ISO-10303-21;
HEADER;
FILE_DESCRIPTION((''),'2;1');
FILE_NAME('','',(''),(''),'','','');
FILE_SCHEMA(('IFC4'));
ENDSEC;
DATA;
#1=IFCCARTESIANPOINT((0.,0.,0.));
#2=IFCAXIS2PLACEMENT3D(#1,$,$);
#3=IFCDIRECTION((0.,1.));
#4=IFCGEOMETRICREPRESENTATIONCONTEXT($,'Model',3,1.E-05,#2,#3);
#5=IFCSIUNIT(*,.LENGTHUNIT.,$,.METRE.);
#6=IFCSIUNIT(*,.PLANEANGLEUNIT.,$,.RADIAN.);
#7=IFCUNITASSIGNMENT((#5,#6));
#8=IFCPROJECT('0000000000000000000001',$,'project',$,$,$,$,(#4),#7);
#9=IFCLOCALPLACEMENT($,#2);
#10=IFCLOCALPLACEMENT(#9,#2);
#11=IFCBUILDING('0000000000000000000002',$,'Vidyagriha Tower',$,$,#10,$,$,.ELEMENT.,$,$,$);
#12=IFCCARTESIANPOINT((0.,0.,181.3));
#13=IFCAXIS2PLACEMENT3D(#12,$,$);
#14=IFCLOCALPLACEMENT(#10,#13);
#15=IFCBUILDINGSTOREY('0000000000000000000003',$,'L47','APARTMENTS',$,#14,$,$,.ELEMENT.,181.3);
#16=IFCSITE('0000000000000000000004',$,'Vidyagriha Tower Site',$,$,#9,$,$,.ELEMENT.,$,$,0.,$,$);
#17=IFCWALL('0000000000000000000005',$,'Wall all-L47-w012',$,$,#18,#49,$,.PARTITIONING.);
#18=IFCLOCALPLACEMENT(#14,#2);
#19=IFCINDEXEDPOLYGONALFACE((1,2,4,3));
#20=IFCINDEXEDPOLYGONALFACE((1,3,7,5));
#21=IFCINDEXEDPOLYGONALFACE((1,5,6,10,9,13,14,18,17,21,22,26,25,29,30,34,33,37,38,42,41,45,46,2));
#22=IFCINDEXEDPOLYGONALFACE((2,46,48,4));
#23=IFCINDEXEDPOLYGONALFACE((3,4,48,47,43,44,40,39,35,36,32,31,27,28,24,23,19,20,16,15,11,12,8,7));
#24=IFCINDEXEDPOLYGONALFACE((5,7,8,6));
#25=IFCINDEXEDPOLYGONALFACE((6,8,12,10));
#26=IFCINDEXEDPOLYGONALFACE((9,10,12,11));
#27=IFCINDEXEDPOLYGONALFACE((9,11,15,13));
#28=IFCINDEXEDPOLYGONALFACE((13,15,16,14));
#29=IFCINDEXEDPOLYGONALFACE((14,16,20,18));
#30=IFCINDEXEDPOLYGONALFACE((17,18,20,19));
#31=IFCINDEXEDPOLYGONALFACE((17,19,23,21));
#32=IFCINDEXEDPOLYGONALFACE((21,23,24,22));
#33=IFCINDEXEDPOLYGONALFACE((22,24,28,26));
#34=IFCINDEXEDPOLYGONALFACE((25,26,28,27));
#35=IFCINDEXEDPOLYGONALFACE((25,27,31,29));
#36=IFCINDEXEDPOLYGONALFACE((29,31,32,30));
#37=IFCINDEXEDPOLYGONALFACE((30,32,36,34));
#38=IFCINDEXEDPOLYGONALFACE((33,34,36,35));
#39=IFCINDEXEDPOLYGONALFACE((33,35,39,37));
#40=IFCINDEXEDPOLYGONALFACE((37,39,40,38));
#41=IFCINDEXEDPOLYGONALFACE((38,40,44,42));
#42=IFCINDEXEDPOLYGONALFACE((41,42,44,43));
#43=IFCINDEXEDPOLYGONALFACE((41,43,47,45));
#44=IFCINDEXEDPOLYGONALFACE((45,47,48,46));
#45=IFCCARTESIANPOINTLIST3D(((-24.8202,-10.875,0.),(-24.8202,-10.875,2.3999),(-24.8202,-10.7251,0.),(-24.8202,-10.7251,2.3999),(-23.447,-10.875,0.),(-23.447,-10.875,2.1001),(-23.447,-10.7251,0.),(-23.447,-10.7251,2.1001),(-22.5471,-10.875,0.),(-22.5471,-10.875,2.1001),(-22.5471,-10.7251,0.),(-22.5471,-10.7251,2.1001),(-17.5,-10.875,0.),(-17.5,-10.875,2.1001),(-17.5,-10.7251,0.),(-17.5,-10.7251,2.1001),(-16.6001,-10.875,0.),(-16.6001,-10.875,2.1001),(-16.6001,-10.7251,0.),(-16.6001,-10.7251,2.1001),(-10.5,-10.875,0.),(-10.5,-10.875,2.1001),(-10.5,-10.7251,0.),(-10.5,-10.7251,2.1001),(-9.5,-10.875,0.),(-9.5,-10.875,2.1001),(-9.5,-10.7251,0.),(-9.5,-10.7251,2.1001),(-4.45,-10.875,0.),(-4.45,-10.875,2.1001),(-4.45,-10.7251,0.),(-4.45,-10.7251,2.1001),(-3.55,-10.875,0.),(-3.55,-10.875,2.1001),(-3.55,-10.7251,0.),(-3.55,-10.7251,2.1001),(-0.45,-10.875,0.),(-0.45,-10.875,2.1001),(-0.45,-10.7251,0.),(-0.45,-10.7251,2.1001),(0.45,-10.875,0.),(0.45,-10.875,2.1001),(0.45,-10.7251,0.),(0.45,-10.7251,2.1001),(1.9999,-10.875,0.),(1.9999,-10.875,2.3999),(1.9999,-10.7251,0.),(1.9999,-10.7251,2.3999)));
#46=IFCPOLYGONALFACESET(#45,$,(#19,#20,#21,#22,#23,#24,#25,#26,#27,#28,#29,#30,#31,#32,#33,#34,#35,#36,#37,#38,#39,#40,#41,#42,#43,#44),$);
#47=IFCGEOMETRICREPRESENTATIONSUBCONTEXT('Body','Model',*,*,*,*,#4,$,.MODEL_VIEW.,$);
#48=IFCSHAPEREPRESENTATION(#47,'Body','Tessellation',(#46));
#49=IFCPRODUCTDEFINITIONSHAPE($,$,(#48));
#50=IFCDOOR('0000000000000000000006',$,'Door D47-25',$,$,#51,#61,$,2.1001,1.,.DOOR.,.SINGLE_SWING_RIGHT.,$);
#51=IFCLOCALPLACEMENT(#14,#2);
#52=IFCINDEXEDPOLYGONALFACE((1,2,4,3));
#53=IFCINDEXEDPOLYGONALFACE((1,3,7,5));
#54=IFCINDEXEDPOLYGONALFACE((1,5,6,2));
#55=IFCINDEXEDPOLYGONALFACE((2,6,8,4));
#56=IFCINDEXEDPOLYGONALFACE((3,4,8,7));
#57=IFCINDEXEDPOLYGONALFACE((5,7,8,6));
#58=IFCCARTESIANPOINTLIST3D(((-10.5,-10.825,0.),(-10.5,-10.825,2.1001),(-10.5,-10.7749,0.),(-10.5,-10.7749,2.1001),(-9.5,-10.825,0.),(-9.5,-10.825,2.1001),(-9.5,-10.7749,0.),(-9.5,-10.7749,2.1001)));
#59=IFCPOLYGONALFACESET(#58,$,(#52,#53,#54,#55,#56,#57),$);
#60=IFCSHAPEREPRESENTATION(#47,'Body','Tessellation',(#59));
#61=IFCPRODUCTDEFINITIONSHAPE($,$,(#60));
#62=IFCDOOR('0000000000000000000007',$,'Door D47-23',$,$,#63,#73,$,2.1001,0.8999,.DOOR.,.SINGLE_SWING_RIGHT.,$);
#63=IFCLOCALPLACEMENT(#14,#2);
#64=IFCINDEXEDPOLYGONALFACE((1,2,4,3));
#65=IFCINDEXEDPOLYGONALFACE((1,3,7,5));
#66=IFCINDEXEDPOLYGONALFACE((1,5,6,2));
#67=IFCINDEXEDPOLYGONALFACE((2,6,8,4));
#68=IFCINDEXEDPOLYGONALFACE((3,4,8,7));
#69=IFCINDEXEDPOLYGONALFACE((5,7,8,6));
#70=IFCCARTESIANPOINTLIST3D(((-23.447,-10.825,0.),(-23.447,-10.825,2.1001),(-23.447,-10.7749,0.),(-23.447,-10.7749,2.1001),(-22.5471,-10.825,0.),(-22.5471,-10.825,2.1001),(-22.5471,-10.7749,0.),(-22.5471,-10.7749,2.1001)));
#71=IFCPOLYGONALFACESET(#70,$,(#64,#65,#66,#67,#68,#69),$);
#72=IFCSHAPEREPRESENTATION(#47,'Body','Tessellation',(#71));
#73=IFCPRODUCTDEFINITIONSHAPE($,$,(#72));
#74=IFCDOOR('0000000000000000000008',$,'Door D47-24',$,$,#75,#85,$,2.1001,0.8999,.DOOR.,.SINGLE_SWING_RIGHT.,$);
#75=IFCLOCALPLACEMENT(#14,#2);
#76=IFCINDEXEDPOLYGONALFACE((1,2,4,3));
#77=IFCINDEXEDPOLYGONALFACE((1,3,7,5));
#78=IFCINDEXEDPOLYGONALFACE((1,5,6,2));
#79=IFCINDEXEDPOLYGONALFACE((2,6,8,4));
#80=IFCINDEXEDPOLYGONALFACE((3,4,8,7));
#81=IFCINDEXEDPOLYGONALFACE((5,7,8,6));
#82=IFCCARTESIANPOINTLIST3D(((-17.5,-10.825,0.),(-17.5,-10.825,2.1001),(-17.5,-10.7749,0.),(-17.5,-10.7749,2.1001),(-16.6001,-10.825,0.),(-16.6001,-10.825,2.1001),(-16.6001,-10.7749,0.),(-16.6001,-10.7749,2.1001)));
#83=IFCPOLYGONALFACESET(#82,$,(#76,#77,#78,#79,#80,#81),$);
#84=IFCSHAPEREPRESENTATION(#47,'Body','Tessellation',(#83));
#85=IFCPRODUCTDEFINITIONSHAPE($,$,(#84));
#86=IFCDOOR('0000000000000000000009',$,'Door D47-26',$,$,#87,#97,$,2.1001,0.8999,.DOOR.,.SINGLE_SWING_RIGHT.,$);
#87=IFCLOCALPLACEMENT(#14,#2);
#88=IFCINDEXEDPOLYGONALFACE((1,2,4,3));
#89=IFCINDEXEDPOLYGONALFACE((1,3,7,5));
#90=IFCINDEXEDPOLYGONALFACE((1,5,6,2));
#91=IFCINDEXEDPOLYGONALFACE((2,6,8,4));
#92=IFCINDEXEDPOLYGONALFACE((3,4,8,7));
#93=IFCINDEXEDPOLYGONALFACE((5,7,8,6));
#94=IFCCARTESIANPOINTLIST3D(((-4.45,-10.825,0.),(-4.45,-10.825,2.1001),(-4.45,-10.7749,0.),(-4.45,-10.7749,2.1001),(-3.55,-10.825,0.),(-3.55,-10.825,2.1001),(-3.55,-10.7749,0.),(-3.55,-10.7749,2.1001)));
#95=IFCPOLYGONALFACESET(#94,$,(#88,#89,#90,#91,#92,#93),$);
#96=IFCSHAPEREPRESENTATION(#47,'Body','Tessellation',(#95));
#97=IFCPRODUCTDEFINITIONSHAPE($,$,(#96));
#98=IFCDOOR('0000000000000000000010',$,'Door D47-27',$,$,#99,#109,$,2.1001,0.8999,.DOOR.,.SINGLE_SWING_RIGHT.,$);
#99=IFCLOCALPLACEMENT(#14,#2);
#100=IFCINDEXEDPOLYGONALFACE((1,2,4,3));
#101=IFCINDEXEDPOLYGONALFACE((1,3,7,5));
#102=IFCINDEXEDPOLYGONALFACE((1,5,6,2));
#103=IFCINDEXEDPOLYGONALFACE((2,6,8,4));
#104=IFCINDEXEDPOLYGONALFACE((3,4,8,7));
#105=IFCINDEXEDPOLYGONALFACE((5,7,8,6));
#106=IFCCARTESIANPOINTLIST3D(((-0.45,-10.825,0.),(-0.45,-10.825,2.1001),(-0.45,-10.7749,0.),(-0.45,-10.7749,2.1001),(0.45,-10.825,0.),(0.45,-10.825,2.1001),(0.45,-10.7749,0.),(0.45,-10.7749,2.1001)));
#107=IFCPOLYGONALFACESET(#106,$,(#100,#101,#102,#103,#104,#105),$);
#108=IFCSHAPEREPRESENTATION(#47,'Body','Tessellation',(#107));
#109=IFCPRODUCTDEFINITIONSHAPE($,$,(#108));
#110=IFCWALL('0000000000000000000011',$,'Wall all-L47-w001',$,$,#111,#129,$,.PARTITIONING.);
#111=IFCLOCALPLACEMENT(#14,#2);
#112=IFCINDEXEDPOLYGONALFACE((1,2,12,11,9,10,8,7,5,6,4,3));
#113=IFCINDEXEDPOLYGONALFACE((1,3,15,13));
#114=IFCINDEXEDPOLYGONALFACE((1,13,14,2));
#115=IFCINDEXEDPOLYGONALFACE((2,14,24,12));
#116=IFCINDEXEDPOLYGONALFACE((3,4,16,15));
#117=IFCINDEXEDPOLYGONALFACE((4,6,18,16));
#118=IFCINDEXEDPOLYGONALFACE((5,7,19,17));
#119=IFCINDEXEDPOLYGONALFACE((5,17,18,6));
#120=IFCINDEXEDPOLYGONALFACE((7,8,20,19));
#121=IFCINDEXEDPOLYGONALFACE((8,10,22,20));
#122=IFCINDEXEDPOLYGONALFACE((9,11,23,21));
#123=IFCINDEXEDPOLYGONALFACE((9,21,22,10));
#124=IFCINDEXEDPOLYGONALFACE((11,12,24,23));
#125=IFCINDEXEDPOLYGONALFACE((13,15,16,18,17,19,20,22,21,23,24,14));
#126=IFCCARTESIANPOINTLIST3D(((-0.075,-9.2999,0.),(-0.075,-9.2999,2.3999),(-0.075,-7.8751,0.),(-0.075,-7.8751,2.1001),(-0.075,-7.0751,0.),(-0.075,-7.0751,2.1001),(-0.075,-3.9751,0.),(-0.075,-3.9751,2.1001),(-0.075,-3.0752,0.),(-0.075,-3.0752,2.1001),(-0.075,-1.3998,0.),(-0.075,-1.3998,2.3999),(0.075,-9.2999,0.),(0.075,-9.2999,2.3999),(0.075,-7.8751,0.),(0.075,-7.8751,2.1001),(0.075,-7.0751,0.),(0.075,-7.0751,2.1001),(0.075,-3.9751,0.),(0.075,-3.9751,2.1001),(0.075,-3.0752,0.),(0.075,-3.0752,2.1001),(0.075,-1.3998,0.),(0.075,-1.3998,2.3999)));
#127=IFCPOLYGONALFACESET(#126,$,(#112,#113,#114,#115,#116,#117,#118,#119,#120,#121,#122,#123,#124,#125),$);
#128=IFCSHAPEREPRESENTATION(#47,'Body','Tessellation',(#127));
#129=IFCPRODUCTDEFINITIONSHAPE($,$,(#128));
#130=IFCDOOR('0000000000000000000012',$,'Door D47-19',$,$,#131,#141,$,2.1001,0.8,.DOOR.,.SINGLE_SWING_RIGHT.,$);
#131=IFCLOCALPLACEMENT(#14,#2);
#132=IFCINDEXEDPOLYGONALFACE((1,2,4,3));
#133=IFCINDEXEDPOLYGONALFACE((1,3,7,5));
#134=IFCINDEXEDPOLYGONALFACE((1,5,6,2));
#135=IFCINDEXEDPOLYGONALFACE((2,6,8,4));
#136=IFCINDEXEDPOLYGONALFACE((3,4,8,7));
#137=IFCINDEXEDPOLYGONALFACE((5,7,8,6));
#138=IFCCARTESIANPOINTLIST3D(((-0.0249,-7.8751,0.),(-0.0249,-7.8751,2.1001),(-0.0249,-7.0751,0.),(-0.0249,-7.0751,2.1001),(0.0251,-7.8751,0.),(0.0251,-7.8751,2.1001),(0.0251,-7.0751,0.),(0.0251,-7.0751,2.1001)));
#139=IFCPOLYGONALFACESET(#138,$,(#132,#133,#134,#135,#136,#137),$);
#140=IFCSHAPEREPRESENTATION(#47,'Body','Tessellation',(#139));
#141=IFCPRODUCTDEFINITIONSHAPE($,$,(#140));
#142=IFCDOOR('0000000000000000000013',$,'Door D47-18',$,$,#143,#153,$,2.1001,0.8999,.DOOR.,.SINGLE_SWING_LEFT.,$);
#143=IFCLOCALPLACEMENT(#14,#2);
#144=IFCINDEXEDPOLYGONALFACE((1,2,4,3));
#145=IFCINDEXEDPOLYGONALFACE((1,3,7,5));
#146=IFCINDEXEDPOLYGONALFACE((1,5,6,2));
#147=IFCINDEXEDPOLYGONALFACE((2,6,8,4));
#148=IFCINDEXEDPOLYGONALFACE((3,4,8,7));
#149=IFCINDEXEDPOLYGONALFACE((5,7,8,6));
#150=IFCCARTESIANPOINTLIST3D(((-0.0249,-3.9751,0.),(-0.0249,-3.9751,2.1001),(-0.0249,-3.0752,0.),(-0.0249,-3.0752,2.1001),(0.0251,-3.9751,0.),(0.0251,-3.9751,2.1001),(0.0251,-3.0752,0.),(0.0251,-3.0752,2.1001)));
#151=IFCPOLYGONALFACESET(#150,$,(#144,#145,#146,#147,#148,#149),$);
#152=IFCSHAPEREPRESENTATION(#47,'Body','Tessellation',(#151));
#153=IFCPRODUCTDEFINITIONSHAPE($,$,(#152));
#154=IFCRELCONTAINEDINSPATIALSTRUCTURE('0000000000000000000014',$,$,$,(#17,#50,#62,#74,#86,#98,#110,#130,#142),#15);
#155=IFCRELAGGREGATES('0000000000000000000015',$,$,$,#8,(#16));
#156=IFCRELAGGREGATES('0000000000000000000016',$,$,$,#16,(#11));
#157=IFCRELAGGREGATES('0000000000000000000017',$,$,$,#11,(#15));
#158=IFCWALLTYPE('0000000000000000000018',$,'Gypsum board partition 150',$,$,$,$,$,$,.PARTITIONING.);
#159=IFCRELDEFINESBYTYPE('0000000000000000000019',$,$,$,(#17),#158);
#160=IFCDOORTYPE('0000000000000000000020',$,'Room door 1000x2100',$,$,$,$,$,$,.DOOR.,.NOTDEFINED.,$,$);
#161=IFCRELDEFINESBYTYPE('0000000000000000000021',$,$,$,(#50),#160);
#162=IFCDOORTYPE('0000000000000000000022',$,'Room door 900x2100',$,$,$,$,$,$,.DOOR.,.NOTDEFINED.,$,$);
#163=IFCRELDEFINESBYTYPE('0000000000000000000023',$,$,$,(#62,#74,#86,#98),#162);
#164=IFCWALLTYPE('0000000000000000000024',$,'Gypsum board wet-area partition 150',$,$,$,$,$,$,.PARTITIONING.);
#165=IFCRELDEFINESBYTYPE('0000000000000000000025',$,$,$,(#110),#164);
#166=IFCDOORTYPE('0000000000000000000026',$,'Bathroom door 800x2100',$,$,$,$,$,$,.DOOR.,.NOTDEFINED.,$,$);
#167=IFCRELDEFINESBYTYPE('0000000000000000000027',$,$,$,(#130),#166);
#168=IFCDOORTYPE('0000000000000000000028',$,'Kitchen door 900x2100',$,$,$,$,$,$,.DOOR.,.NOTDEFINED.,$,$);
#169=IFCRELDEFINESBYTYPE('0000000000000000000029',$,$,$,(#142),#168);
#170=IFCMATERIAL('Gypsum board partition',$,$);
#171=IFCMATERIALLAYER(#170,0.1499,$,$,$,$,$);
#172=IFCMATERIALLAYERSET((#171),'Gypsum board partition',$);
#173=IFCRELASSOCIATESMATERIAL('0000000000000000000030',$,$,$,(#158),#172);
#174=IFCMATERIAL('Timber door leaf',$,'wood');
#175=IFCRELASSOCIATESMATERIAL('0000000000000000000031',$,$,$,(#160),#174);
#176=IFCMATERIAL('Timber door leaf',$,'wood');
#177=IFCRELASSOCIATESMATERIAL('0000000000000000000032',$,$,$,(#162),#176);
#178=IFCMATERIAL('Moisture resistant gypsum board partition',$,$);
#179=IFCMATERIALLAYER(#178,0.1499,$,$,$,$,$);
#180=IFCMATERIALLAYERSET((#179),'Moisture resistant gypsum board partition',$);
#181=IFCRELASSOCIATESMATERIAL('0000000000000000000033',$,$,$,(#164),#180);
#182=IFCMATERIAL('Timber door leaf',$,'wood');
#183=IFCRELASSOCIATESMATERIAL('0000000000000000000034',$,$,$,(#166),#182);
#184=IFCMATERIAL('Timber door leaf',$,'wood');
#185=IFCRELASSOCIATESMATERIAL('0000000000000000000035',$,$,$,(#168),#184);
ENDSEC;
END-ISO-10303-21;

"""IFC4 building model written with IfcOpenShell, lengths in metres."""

from ifc_helpers import new_model, si_unit, direction, frame, frame_2d, origin, place, context, subcontext, project, spatial, rectangle, extrude, material, layer, layer_set, type_object, element, fill, save


model = new_model("IFC4")

# Units and contexts
model_context = context("Model", 3, precision=1e-05, world=origin(), true_north=direction((0.0, 1.0)))
body_context = subcontext(model_context, "Body", "Model", "MODEL_VIEW")
ifc_project = project(units=[si_unit("LENGTHUNIT", "METRE"), si_unit("PLANEANGLEUNIT", "RADIAN")], contexts=[model_context])

# Site, building, storey
site_placement = place(None, origin())
site = spatial("IfcSite", under=ifc_project, at=site_placement, Name="Vidyagriha Tower Site", CompositionType="ELEMENT", RefElevation=0.0)
building_placement = place(site_placement, origin())
building = spatial("IfcBuilding", under=site, at=building_placement, Name="Vidyagriha Tower", CompositionType="ELEMENT")
storey_placement = place(building_placement, frame((0.0, 0.0, 181.3)))
storey = spatial("IfcBuildingStorey", under=building, at=storey_placement, Name="L47", Description="APARTMENTS", CompositionType="ELEMENT", Elevation=181.3)

# Shared definitions
ifc_material_1 = material(Name="Gypsum board partition")
ifc_layer_1 = layer(ifc_material_1, 0.1499)
ifc_layer_set_1 = layer_set([ifc_layer_1], Name="Gypsum board partition")
wall_type_1 = type_object("IfcWallType", Name="Gypsum board partition 150", PredefinedType="PARTITIONING", material=ifc_layer_set_1)

# Walls, openings, doors
wall_1_placement = place(storey_placement, frame((2.0, -10.8, 0.0), z_axis=(0.0, 0.0, 1.0), x_axis=(-1.0, 0.0, 0.0)))
wall_1 = element("IfcWall", 1, at=wall_1_placement, inside=storey, type_object=wall_type_1, Name="Wall all-L47-w012", PredefinedType="PARTITIONING", context=body_context, shape_type="SweptSolid", body=[
    extrude(rectangle(XDim=26.8201, YDim=0.1499, at=frame_2d((13.4102, 0.0))), origin(), (0.0, 0.0, 1.0), 2.3999),
])
opening_1_placement = place(wall_1_placement, frame((24.5471, 0.0, 0.0)))
opening_1 = element("IfcOpeningElement", 2, at=opening_1_placement, cuts=wall_1, PredefinedType="OPENING", context=body_context, shape_type="SweptSolid", body=[
    extrude(rectangle(XDim=0.8999, YDim=2.1001, at=frame_2d((0.45, 1.05))), frame((0.0, 0.085, 0.0), z_axis=(0.0, -1.0, 0.0), x_axis=(1.0, 0.0, 0.0)), (0.0, 0.0, 1.0), 0.1699),
])
opening_2_placement = place(wall_1_placement, frame((18.6001, 0.0, 0.0)))
opening_2 = element("IfcOpeningElement", 3, at=opening_2_placement, cuts=wall_1, PredefinedType="OPENING", context=body_context, shape_type="SweptSolid", body=[
    extrude(rectangle(XDim=0.8999, YDim=2.1001, at=frame_2d((0.45, 1.05))), frame((0.0, 0.085, 0.0), z_axis=(0.0, -1.0, 0.0), x_axis=(1.0, 0.0, 0.0)), (0.0, 0.0, 1.0), 0.1699),
])
opening_3_placement = place(wall_1_placement, frame((11.5, 0.0, 0.0)))
opening_3 = element("IfcOpeningElement", 4, at=opening_3_placement, cuts=wall_1, PredefinedType="OPENING", context=body_context, shape_type="SweptSolid", body=[
    extrude(rectangle(XDim=1.0, YDim=2.1001, at=frame_2d((0.5, 1.05))), frame((0.0, 0.085, 0.0), z_axis=(0.0, -1.0, 0.0), x_axis=(1.0, 0.0, 0.0)), (0.0, 0.0, 1.0), 0.1699),
])
opening_4_placement = place(wall_1_placement, frame((5.55, 0.0, 0.0)))
opening_4 = element("IfcOpeningElement", 5, at=opening_4_placement, cuts=wall_1, PredefinedType="OPENING", context=body_context, shape_type="SweptSolid", body=[
    extrude(rectangle(XDim=0.8999, YDim=2.1001, at=frame_2d((0.45, 1.05))), frame((0.0, 0.085, 0.0), z_axis=(0.0, -1.0, 0.0), x_axis=(1.0, 0.0, 0.0)), (0.0, 0.0, 1.0), 0.1699),
])
opening_5_placement = place(wall_1_placement, frame((1.55, 0.0, 0.0)))
opening_5 = element("IfcOpeningElement", 6, at=opening_5_placement, cuts=wall_1, PredefinedType="OPENING", context=body_context, shape_type="SweptSolid", body=[
    extrude(rectangle(XDim=0.8999, YDim=2.1001, at=frame_2d((0.45, 1.05))), frame((0.0, 0.085, 0.0), z_axis=(0.0, -1.0, 0.0), x_axis=(1.0, 0.0, 0.0)), (0.0, 0.0, 1.0), 0.1699),
])
ifc_material_2 = material(Name="Timber door leaf", Category="wood")
door_type_1 = type_object("IfcDoorType", Name="Room door 1000x2100", OperationType="NOTDEFINED", PredefinedType="DOOR", material=ifc_material_2)
door_1_placement = place(opening_3_placement, origin())
door_1 = element("IfcDoor", 7, at=door_1_placement, inside=storey, type_object=door_type_1, Name="Door D47-25", OperationType="SINGLE_SWING_RIGHT", OverallHeight=2.1001, OverallWidth=1.0, PredefinedType="DOOR", context=body_context, shape_type="SweptSolid", body=[
    extrude(rectangle(XDim=1.0, YDim=2.1001, at=frame_2d((0.5, 1.05))), frame((0.0, 0.0249, 0.0), z_axis=(0.0, -1.0, 0.0), x_axis=(1.0, 0.0, 0.0)), (0.0, 0.0, 1.0), 0.05),
])
fill(opening_3, door_1)
ifc_material_3 = material(Name="Timber door leaf", Category="wood")
door_type_2 = type_object("IfcDoorType", Name="Room door 900x2100", OperationType="NOTDEFINED", PredefinedType="DOOR", material=ifc_material_3)
door_2_placement = place(opening_1_placement, origin())
door_2 = element("IfcDoor", 8, at=door_2_placement, inside=storey, type_object=door_type_2, Name="Door D47-23", OperationType="SINGLE_SWING_RIGHT", OverallHeight=2.1001, OverallWidth=0.8999, PredefinedType="DOOR", context=body_context, shape_type="SweptSolid", body=[
    extrude(rectangle(XDim=0.8999, YDim=2.1001, at=frame_2d((0.45, 1.05))), frame((0.0, 0.0249, 0.0), z_axis=(0.0, -1.0, 0.0), x_axis=(1.0, 0.0, 0.0)), (0.0, 0.0, 1.0), 0.05),
])
fill(opening_1, door_2)
door_3_placement = place(opening_2_placement, origin())
door_3 = element("IfcDoor", 9, at=door_3_placement, inside=storey, type_object=door_type_2, Name="Door D47-24", OperationType="SINGLE_SWING_RIGHT", OverallHeight=2.1001, OverallWidth=0.8999, PredefinedType="DOOR", context=body_context, shape_type="SweptSolid", body=[
    extrude(rectangle(XDim=0.8999, YDim=2.1001, at=frame_2d((0.45, 1.05))), frame((0.0, 0.0249, 0.0), z_axis=(0.0, -1.0, 0.0), x_axis=(1.0, 0.0, 0.0)), (0.0, 0.0, 1.0), 0.05),
])
fill(opening_2, door_3)
door_4_placement = place(opening_4_placement, origin())
door_4 = element("IfcDoor", 10, at=door_4_placement, inside=storey, type_object=door_type_2, Name="Door D47-26", OperationType="SINGLE_SWING_RIGHT", OverallHeight=2.1001, OverallWidth=0.8999, PredefinedType="DOOR", context=body_context, shape_type="SweptSolid", body=[
    extrude(rectangle(XDim=0.8999, YDim=2.1001, at=frame_2d((0.45, 1.05))), frame((0.0, 0.0249, 0.0), z_axis=(0.0, -1.0, 0.0), x_axis=(1.0, 0.0, 0.0)), (0.0, 0.0, 1.0), 0.05),
])
fill(opening_4, door_4)
door_5_placement = place(opening_5_placement, origin())
door_5 = element("IfcDoor", 11, at=door_5_placement, inside=storey, type_object=door_type_2, Name="Door D47-27", OperationType="SINGLE_SWING_RIGHT", OverallHeight=2.1001, OverallWidth=0.8999, PredefinedType="DOOR", context=body_context, shape_type="SweptSolid", body=[
    extrude(rectangle(XDim=0.8999, YDim=2.1001, at=frame_2d((0.45, 1.05))), frame((0.0, 0.0249, 0.0), z_axis=(0.0, -1.0, 0.0), x_axis=(1.0, 0.0, 0.0)), (0.0, 0.0, 1.0), 0.05),
])
fill(opening_5, door_5)
ifc_material_4 = material(Name="Moisture resistant gypsum board partition")
ifc_layer_2 = layer(ifc_material_4, 0.1499)
ifc_layer_set_2 = layer_set([ifc_layer_2], Name="Moisture resistant gypsum board partition")
wall_type_2 = type_object("IfcWallType", Name="Gypsum board wet-area partition 150", PredefinedType="PARTITIONING", material=ifc_layer_set_2)
wall_2_placement = place(storey_placement, frame((0.0, -9.3, 0.0), z_axis=(0.0, 0.0, 1.0), x_axis=(0.0, 1.0, 0.0)))
wall_2 = element("IfcWall", 12, at=wall_2_placement, inside=storey, type_object=wall_type_2, Name="Wall all-L47-w001", PredefinedType="PARTITIONING", context=body_context, shape_type="SweptSolid", body=[
    extrude(rectangle(XDim=7.9001, YDim=0.1499, at=frame_2d((3.9502, 0.0))), origin(), (0.0, 0.0, 1.0), 2.3999),
])
opening_6_placement = place(wall_2_placement, frame((5.325, 0.0, 0.0)))
opening_6 = element("IfcOpeningElement", 13, at=opening_6_placement, cuts=wall_2, PredefinedType="OPENING", context=body_context, shape_type="SweptSolid", body=[
    extrude(rectangle(XDim=0.8999, YDim=2.1001, at=frame_2d((0.45, 1.05))), frame((0.0, 0.085, 0.0), z_axis=(0.0, -1.0, 0.0), x_axis=(1.0, 0.0, 0.0)), (0.0, 0.0, 1.0), 0.1699),
])
opening_7_placement = place(wall_2_placement, frame((1.425, 0.0, 0.0)))
opening_7 = element("IfcOpeningElement", 14, at=opening_7_placement, cuts=wall_2, PredefinedType="OPENING", context=body_context, shape_type="SweptSolid", body=[
    extrude(rectangle(XDim=0.8, YDim=2.1001, at=frame_2d((0.3999, 1.05))), frame((0.0, 0.085, 0.0), z_axis=(0.0, -1.0, 0.0), x_axis=(1.0, 0.0, 0.0)), (0.0, 0.0, 1.0), 0.1699),
])
ifc_material_5 = material(Name="Timber door leaf", Category="wood")
door_type_3 = type_object("IfcDoorType", Name="Bathroom door 800x2100", OperationType="NOTDEFINED", PredefinedType="DOOR", material=ifc_material_5)
door_6_placement = place(opening_7_placement, origin())
door_6 = element("IfcDoor", 15, at=door_6_placement, inside=storey, type_object=door_type_3, Name="Door D47-19", OperationType="SINGLE_SWING_RIGHT", OverallHeight=2.1001, OverallWidth=0.8, PredefinedType="DOOR", context=body_context, shape_type="SweptSolid", body=[
    extrude(rectangle(XDim=0.8, YDim=2.1001, at=frame_2d((0.3999, 1.05))), frame((0.0, 0.0249, 0.0), z_axis=(0.0, -1.0, 0.0), x_axis=(1.0, 0.0, 0.0)), (0.0, 0.0, 1.0), 0.05),
])
fill(opening_7, door_6)
ifc_material_6 = material(Name="Timber door leaf", Category="wood")
door_type_4 = type_object("IfcDoorType", Name="Kitchen door 900x2100", OperationType="NOTDEFINED", PredefinedType="DOOR", material=ifc_material_6)
door_7_placement = place(opening_6_placement, origin())
door_7 = element("IfcDoor", 16, at=door_7_placement, inside=storey, type_object=door_type_4, Name="Door D47-18", OperationType="SINGLE_SWING_LEFT", OverallHeight=2.1001, OverallWidth=0.8999, PredefinedType="DOOR", context=body_context, shape_type="SweptSolid", body=[
    extrude(rectangle(XDim=0.8999, YDim=2.1001, at=frame_2d((0.45, 1.05))), frame((0.0, 0.0249, 0.0), z_axis=(0.0, -1.0, 0.0), x_axis=(1.0, 0.0, 0.0)), (0.0, 0.0, 1.0), 0.05),
])
fill(opening_6, door_7)

save(model, "model.ifc")
